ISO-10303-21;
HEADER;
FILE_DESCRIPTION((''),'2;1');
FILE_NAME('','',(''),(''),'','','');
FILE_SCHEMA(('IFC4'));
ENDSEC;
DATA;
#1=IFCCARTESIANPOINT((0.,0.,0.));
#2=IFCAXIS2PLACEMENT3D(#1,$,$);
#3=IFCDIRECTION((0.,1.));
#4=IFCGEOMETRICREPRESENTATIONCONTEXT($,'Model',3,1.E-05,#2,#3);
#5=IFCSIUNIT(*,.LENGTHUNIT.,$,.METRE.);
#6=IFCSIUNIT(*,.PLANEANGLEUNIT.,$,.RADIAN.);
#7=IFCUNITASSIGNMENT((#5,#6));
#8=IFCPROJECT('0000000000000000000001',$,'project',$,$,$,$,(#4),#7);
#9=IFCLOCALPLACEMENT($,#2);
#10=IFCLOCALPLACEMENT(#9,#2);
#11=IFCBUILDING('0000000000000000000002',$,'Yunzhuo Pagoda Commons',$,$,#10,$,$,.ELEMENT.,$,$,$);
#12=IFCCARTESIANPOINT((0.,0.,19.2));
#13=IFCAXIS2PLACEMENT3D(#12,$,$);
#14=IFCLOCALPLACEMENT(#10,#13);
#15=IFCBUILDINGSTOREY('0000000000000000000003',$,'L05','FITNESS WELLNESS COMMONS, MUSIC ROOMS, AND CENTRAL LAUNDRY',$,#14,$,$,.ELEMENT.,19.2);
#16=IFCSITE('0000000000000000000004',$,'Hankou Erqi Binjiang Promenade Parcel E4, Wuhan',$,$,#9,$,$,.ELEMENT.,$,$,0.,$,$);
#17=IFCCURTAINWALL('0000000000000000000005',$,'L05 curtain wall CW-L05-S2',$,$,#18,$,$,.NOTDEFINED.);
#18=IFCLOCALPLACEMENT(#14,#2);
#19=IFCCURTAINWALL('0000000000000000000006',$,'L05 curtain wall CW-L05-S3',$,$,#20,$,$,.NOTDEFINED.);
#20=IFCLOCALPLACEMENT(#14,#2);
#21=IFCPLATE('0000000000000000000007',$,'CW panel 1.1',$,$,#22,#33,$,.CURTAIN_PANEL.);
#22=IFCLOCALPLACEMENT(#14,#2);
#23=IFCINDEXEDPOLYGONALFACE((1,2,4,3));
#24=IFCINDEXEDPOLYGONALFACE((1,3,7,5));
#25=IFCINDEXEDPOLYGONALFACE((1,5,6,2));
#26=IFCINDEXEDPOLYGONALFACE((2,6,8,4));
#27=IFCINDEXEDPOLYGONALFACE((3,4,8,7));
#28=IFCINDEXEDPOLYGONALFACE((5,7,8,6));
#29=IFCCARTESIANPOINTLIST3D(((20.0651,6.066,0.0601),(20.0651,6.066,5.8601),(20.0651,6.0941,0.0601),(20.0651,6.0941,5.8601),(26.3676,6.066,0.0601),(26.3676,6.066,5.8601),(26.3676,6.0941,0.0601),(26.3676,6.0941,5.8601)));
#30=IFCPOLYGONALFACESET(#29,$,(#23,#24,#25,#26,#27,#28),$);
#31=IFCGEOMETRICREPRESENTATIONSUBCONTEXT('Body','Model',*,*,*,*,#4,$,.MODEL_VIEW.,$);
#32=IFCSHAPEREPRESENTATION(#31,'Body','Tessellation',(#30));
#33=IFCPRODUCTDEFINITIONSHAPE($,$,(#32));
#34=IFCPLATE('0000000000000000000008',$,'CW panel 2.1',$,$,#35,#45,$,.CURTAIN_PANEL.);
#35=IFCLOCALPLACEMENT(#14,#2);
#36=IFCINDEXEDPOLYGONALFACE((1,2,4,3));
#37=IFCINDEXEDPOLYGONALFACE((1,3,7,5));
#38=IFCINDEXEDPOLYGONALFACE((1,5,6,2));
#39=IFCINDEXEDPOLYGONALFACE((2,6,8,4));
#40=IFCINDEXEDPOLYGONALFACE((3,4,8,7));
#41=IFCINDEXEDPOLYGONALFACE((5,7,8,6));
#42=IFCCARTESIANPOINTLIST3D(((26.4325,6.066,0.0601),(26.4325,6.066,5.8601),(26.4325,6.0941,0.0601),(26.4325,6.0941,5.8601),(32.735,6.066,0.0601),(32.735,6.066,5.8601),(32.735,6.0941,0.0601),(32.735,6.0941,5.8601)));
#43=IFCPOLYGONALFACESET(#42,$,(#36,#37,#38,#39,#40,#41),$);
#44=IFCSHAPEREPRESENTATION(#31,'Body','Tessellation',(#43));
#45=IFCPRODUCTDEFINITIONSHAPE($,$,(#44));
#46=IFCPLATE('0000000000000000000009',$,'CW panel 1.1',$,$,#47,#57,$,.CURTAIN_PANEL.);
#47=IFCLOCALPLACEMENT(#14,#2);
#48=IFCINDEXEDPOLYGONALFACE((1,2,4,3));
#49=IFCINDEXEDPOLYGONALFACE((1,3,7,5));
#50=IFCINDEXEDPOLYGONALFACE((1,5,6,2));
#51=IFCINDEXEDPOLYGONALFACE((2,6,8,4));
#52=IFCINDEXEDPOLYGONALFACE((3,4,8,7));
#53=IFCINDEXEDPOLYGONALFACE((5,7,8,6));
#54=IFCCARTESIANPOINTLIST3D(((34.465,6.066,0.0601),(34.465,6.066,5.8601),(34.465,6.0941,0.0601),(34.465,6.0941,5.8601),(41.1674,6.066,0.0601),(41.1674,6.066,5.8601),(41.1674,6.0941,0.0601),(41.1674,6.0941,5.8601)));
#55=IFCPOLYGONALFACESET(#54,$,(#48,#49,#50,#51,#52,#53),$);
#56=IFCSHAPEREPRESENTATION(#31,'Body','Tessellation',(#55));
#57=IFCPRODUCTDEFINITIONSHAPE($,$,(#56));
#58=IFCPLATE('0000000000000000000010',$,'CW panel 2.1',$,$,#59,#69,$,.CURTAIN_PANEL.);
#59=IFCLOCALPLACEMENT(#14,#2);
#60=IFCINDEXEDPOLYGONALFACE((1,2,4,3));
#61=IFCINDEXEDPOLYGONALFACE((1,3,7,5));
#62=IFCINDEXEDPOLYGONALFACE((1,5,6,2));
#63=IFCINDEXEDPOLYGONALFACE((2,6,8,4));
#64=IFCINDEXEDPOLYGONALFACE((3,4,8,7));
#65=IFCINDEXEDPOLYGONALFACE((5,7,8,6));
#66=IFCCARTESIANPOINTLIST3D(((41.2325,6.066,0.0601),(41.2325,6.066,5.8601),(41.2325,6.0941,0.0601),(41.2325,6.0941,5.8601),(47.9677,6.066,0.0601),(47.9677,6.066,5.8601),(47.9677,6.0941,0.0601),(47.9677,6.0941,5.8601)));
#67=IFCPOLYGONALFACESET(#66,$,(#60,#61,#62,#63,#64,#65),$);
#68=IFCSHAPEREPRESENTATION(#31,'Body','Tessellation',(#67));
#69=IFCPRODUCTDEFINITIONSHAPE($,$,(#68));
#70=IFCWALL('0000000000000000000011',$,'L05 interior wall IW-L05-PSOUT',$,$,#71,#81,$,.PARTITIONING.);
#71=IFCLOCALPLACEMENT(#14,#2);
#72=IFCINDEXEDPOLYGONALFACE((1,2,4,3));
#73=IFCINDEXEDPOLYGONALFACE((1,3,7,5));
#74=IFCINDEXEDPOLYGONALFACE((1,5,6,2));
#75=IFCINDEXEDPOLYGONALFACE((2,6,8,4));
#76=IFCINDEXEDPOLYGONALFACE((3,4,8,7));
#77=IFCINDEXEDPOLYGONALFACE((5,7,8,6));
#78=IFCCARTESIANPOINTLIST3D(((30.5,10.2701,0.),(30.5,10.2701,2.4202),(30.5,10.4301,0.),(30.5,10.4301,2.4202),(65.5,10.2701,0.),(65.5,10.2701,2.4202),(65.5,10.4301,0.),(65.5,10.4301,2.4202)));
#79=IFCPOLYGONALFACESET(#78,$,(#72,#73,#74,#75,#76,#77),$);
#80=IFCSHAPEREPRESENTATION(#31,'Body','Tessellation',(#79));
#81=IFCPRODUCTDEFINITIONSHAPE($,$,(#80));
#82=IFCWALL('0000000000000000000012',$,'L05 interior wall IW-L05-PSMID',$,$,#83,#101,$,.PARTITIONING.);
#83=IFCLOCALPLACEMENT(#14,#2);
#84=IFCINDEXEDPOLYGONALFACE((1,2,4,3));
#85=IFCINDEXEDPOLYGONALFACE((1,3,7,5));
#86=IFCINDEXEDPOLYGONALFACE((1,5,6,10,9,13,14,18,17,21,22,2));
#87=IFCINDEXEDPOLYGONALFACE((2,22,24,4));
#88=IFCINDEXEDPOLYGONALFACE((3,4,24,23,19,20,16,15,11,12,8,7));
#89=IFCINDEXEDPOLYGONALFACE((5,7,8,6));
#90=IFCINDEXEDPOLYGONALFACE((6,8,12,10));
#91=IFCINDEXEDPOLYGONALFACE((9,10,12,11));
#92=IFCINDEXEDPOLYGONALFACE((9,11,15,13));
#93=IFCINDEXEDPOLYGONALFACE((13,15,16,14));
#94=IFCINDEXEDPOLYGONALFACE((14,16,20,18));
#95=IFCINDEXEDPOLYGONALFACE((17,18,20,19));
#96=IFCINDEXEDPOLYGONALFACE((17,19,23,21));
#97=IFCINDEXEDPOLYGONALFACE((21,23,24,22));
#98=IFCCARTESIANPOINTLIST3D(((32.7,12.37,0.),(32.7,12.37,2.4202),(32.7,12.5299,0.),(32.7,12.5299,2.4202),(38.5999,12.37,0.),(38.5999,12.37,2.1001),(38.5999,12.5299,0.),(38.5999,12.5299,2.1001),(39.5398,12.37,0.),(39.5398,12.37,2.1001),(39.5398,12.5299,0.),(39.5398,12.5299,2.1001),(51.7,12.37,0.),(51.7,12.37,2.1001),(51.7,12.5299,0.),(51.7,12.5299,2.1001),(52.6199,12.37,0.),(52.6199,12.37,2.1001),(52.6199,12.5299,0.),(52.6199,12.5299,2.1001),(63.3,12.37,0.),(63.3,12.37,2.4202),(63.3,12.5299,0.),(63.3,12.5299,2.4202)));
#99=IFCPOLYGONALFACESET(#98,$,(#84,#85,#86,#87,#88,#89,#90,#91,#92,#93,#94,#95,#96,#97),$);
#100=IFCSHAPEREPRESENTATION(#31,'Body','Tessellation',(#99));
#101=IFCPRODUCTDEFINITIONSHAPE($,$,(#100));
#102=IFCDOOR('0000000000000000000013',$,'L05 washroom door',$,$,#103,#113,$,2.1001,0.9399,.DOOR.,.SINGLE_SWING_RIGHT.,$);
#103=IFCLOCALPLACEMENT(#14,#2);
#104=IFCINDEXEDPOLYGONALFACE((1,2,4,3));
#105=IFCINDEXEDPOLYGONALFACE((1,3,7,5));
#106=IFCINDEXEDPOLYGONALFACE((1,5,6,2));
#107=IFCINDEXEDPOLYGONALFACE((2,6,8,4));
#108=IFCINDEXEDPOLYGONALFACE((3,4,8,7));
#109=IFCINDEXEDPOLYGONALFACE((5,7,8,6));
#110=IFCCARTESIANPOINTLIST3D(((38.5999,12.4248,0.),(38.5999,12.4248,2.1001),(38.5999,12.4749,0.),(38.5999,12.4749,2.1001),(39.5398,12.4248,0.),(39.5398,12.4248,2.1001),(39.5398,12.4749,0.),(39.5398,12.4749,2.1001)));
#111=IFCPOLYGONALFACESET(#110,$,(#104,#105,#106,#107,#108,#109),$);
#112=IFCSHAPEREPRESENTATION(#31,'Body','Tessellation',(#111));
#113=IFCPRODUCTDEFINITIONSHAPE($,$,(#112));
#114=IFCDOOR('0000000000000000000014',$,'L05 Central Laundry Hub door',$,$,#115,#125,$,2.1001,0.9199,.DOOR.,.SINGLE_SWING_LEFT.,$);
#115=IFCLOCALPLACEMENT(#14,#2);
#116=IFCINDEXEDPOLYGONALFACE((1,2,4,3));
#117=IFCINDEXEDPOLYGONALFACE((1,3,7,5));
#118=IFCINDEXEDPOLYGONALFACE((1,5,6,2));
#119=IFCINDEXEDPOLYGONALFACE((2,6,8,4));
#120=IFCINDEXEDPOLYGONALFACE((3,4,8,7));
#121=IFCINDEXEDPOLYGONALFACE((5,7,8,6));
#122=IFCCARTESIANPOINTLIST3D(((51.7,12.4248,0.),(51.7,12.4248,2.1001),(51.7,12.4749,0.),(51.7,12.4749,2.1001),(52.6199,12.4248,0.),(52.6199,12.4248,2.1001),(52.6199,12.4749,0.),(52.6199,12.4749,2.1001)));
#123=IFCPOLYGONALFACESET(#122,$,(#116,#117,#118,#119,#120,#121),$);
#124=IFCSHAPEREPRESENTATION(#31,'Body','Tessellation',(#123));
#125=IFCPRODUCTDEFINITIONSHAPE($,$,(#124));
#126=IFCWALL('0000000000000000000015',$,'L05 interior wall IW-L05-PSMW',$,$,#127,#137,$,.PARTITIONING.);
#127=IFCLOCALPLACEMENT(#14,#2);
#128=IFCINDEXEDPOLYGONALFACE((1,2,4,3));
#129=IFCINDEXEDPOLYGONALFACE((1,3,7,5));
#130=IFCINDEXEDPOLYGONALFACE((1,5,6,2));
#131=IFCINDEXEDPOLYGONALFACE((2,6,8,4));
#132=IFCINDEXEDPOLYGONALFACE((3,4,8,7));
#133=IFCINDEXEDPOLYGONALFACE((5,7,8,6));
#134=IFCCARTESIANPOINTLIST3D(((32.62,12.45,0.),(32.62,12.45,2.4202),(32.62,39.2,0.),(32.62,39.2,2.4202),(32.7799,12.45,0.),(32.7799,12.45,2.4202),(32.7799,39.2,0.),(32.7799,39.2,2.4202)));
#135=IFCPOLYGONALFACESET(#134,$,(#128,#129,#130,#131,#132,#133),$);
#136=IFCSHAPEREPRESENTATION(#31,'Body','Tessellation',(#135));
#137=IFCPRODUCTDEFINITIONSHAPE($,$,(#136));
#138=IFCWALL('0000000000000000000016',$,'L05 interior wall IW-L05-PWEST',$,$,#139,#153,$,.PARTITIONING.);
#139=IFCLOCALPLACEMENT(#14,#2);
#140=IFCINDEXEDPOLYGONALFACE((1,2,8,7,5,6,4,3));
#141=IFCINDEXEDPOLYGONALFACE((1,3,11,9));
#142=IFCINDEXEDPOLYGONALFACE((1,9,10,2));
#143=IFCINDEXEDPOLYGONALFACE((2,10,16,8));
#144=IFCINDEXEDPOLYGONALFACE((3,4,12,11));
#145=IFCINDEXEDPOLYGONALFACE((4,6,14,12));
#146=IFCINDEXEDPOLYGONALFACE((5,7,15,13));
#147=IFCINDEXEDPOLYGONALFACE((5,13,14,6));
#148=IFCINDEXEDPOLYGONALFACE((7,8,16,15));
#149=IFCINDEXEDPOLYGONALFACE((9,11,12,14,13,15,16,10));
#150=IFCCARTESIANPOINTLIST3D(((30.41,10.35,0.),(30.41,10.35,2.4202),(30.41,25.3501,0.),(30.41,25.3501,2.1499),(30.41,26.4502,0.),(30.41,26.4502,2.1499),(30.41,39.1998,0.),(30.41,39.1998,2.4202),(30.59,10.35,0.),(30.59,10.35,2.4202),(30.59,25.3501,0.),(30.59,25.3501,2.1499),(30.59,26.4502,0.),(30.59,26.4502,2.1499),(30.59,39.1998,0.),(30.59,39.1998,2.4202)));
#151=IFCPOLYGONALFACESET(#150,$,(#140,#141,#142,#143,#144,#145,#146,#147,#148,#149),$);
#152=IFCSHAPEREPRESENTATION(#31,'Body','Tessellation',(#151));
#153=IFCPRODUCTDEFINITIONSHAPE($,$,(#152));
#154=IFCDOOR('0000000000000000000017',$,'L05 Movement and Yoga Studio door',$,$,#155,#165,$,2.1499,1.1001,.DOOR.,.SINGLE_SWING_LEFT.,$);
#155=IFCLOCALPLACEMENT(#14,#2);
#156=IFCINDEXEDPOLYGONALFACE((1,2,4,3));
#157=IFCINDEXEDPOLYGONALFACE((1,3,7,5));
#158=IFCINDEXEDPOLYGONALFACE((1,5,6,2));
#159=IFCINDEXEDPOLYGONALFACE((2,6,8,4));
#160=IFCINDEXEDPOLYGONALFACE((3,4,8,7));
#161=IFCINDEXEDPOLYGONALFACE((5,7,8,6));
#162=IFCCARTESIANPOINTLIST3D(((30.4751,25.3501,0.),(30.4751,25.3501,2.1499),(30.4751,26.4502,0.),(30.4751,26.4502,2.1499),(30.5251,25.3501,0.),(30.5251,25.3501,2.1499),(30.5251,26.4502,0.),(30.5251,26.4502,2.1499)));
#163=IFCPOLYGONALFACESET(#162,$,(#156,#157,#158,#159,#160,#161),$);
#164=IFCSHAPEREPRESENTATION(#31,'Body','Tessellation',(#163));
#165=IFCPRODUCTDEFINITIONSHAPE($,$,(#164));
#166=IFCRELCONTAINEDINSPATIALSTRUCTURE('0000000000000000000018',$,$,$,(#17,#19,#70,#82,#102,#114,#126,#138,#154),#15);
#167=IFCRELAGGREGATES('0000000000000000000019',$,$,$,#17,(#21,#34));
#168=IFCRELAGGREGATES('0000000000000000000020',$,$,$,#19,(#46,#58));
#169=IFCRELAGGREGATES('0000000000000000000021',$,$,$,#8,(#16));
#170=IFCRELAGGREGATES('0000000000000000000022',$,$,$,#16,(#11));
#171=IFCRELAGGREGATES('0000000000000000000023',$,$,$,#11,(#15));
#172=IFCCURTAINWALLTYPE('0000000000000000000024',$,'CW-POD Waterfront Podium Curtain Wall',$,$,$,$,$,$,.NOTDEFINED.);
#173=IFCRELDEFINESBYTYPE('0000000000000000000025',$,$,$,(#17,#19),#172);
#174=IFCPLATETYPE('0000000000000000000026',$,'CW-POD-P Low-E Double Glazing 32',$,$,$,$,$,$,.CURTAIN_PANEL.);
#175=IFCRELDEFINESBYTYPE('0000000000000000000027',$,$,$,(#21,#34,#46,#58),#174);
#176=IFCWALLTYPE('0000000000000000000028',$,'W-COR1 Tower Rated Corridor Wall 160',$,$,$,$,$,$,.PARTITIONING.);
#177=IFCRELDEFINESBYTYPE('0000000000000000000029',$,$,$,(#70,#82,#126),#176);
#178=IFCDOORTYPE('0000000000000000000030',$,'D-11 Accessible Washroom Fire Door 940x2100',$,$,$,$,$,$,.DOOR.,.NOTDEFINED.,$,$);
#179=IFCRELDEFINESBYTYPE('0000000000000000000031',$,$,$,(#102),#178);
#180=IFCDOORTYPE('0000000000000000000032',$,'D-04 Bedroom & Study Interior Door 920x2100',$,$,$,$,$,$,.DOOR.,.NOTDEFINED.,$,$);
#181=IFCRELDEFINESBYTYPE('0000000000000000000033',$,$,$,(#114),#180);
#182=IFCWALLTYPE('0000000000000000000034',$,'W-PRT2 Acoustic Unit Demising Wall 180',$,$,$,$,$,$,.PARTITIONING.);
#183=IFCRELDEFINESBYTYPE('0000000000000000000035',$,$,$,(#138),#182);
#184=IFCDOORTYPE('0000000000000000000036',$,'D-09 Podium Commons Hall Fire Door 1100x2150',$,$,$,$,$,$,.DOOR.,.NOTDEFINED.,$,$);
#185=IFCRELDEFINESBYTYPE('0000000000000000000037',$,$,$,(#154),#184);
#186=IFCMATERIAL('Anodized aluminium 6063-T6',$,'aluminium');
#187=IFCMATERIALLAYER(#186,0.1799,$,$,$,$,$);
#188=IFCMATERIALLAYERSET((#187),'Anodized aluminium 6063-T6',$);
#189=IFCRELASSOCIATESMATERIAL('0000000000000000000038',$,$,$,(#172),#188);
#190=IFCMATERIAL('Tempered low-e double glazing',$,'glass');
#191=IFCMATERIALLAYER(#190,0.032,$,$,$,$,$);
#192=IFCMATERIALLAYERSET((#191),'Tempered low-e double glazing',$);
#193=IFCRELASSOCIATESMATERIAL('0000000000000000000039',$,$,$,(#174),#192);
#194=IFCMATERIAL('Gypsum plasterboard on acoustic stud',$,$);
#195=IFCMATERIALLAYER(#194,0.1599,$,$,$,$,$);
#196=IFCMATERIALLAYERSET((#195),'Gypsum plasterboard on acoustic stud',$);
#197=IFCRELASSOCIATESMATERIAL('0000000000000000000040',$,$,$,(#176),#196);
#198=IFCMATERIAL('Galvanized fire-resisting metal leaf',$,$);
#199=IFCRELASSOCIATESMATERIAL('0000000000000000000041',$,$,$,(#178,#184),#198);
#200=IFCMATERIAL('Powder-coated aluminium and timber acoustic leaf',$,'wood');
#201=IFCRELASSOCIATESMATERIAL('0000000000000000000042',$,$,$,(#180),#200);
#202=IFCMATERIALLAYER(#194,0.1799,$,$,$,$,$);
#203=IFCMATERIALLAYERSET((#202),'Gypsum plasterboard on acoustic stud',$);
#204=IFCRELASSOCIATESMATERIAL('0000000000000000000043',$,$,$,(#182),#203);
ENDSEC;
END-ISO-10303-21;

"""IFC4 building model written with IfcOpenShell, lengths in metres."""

from ifc_helpers import new_model, si_unit, direction, frame, frame_2d, origin, origin_with_axes, origin_2d, place, context, subcontext, project, spatial, rectangle, extrude, source, transform, mapped, material, layer, layer_set, type_object, element, fill, aggregate, save


model = new_model("IFC4")

# Units and contexts
model_context = context("Model", 3, precision=1e-05, world=origin(), true_north=direction((0.0, 1.0)))
body_context = subcontext(model_context, "Body", "Model", "MODEL_VIEW")
ifc_project = project(units=[si_unit("LENGTHUNIT", "METRE"), si_unit("PLANEANGLEUNIT", "RADIAN")], contexts=[model_context])

# Site, building, storey
site_placement = place(None, origin())
site = spatial("IfcSite", under=ifc_project, at=site_placement, Name="Hankou Erqi Binjiang Promenade Parcel E4, Wuhan", CompositionType="ELEMENT", RefElevation=0.0)
building_placement = place(site_placement, origin())
building = spatial("IfcBuilding", under=site, at=building_placement, Name="Yunzhuo Pagoda Commons", CompositionType="ELEMENT")
storey_placement = place(building_placement, frame((0.0, 0.0, 19.2)))
storey = spatial("IfcBuildingStorey", under=building, at=storey_placement, Name="L05", Description="FITNESS WELLNESS COMMONS, MUSIC ROOMS, AND CENTRAL LAUNDRY", CompositionType="ELEMENT", Elevation=19.2)

# Curtain walls
ifc_material_1 = material(Name="Anodized aluminium 6063-T6", Category="aluminium")
ifc_layer_1 = layer(ifc_material_1, 0.1799)
ifc_layer_set_1 = layer_set([ifc_layer_1], Name="Anodized aluminium 6063-T6")
curtain_wall_type = type_object("IfcCurtainWallType", Name="CW-POD Waterfront Podium Curtain Wall", PredefinedType="NOTDEFINED", material=ifc_layer_set_1)
curtain_wall_1_placement = place(storey_placement, origin())
curtain_wall_1 = element("IfcCurtainWall", 1, at=curtain_wall_1_placement, inside=storey, type_object=curtain_wall_type, Name="L05 curtain wall CW-L05-S2", PredefinedType="NOTDEFINED")
curtain_wall_2_placement = place(storey_placement, origin())
curtain_wall_2 = element("IfcCurtainWall", 2, at=curtain_wall_2_placement, inside=storey, type_object=curtain_wall_type, Name="L05 curtain wall CW-L05-S3", PredefinedType="NOTDEFINED")

# Plates
ifc_material_2 = material(Name="Tempered low-e double glazing", Category="glass")
ifc_layer_2 = layer(ifc_material_2, 0.032)
ifc_layer_set_2 = layer_set([ifc_layer_2], Name="Tempered low-e double glazing")
plate_type_1 = type_object("IfcPlateType", Name="CW-POD-P Low-E Double Glazing 32", PredefinedType="CURTAIN_PANEL", material=ifc_layer_set_2)
shared_shape_1 = source(origin(), body_context, "Body", "SweptSolid", [
    extrude(rectangle(XDim=6.3025, YDim=0.0281, at=origin_2d()), origin(), (0.0, 0.0, 1.0), 5.8),
])
plate_1_placement = place(storey_placement, frame((23.2163, 6.0801, 0.0601), z_axis=(0.0, 0.0, 1.0), x_axis=(1.0, 0.0, 0.0)))
plate_1 = element("IfcPlate", 3, at=plate_1_placement, type_object=plate_type_1, Name="CW panel 1.1", PredefinedType="CURTAIN_PANEL", context=body_context, shape_type="MappedRepresentation", body=[
    mapped(shared_shape_1, transform((0.0, 0.0, 0.0), scale=1.0)),
])
plate_2_placement = place(storey_placement, frame((29.5837, 6.0801, 0.0601), z_axis=(0.0, 0.0, 1.0), x_axis=(1.0, 0.0, 0.0)))
plate_2 = element("IfcPlate", 4, at=plate_2_placement, type_object=plate_type_1, Name="CW panel 2.1", PredefinedType="CURTAIN_PANEL", context=body_context, shape_type="MappedRepresentation", body=[
    mapped(shared_shape_1, transform((0.0, 0.0, 0.0), scale=1.0)),
])
aggregate(curtain_wall_1, [plate_1, plate_2])
shared_shape_2 = source(origin(), body_context, "Body", "SweptSolid", [
    extrude(rectangle(XDim=6.7024, YDim=0.0281, at=origin_2d()), origin(), (0.0, 0.0, 1.0), 5.8),
])
plate_3_placement = place(storey_placement, frame((37.8162, 6.0801, 0.0601), z_axis=(0.0, 0.0, 1.0), x_axis=(1.0, 0.0, 0.0)))
plate_3 = element("IfcPlate", 5, at=plate_3_placement, type_object=plate_type_1, Name="CW panel 1.1", PredefinedType="CURTAIN_PANEL", context=body_context, shape_type="MappedRepresentation", body=[
    mapped(shared_shape_2, transform((0.0, 0.0, 0.0), scale=1.0)),
])
shared_shape_3 = source(origin(), body_context, "Body", "SweptSolid", [
    extrude(rectangle(XDim=6.7351, YDim=0.0281, at=origin_2d()), origin(), (0.0, 0.0, 1.0), 5.8),
])
plate_4_placement = place(storey_placement, frame((44.6001, 6.0801, 0.0601), z_axis=(0.0, 0.0, 1.0), x_axis=(1.0, 0.0, 0.0)))
plate_4 = element("IfcPlate", 6, at=plate_4_placement, type_object=plate_type_1, Name="CW panel 2.1", PredefinedType="CURTAIN_PANEL", context=body_context, shape_type="MappedRepresentation", body=[
    mapped(shared_shape_3, transform((0.0, 0.0, 0.0), scale=1.0)),
])
aggregate(curtain_wall_2, [plate_3, plate_4])

# Wall
ifc_material_3 = material(Name="Gypsum plasterboard on acoustic stud")
ifc_layer_3 = layer(ifc_material_3, 0.1599)
ifc_layer_set_3 = layer_set([ifc_layer_3], Name="Gypsum plasterboard on acoustic stud")
wall_type_1 = type_object("IfcWallType", Name="W-COR1 Tower Rated Corridor Wall 160", PredefinedType="PARTITIONING", material=ifc_layer_set_3)
wall_1_placement = place(storey_placement, frame((30.5, 10.3501, 0.0), z_axis=(0.0, 0.0, 1.0), x_axis=(1.0, 0.0, 0.0)))
element("IfcWall", 7, at=wall_1_placement, inside=storey, type_object=wall_type_1, Name="L05 interior wall IW-L05-PSOUT", PredefinedType="PARTITIONING", context=body_context, shape_type="SweptSolid", body=[
    extrude(rectangle(XDim=35.0, YDim=0.1599, at=frame_2d((17.5, 0.0))), origin(), (0.0, 0.0, 1.0), 2.4202),
])

# Wall, openings, doors
wall_2_placement = place(storey_placement, frame((32.7, 12.45, 0.0), z_axis=(0.0, 0.0, 1.0), x_axis=(1.0, 0.0, 0.0)))
wall_2 = element("IfcWall", 8, at=wall_2_placement, inside=storey, type_object=wall_type_1, Name="L05 interior wall IW-L05-PSMID", PredefinedType="PARTITIONING", context=body_context, shape_type="SweptSolid", body=[
    extrude(rectangle(XDim=30.6001, YDim=0.1599, at=frame_2d((15.3, 0.0))), origin(), (0.0, 0.0, 1.0), 2.4202),
])
opening_1_placement = place(wall_2_placement, frame((19.0, 0.0, 0.0)))
opening_1 = element("IfcOpeningElement", 9, at=opening_1_placement, cuts=wall_2, PredefinedType="OPENING", context=body_context, shape_type="SweptSolid", body=[
    extrude(rectangle(XDim=0.9199, YDim=2.1001, at=frame_2d((0.46, 1.05))), frame((0.0, 0.0898, 0.0), z_axis=(0.0, -1.0, 0.0), x_axis=(1.0, 0.0, 0.0)), (0.0, 0.0, 1.0), 0.1799),
])
opening_2_placement = place(wall_2_placement, frame((5.8999, 0.0, 0.0)))
opening_2 = element("IfcOpeningElement", 10, at=opening_2_placement, cuts=wall_2, PredefinedType="OPENING", context=body_context, shape_type="SweptSolid", body=[
    extrude(rectangle(XDim=0.9399, YDim=2.1001, at=frame_2d((0.47, 1.05))), frame((0.0, 0.0898, 0.0), z_axis=(0.0, -1.0, 0.0), x_axis=(1.0, 0.0, 0.0)), (0.0, 0.0, 1.0), 0.1799),
])
ifc_material_4 = material(Name="Galvanized fire-resisting metal leaf")
door_type_1 = type_object("IfcDoorType", Name="D-11 Accessible Washroom Fire Door 940x2100", OperationType="NOTDEFINED", PredefinedType="DOOR", material=ifc_material_4)
shared_shape_4 = source(origin(), body_context, "Body", "SweptSolid", [
    extrude(rectangle(XDim=0.9399, YDim=2.1001, at=frame_2d((0.47, 1.05))), frame((0.0, 0.0249, 0.0), z_axis=(0.0, -1.0, 0.0), x_axis=(1.0, 0.0, 0.0)), (0.0, 0.0, 1.0), 0.05),
])
door_1_placement = place(opening_2_placement, origin_with_axes())
door_1 = element("IfcDoor", 11, at=door_1_placement, inside=storey, type_object=door_type_1, Name="L05 washroom door", OperationType="SINGLE_SWING_RIGHT", OverallHeight=2.1001, OverallWidth=0.9399, PredefinedType="DOOR", context=body_context, shape_type="MappedRepresentation", body=[
    mapped(shared_shape_4, transform((0.0, 0.0, 0.0), scale=1.0)),
])
fill(opening_2, door_1)
ifc_material_5 = material(Name="Powder-coated aluminium and timber acoustic leaf", Category="wood")
door_type_2 = type_object("IfcDoorType", Name="D-04 Bedroom & Study Interior Door 920x2100", OperationType="NOTDEFINED", PredefinedType="DOOR", material=ifc_material_5)
shared_shape_5 = source(origin(), body_context, "Body", "SweptSolid", [
    extrude(rectangle(XDim=0.9199, YDim=2.1001, at=frame_2d((0.46, 1.05))), frame((0.0, 0.0249, 0.0), z_axis=(0.0, -1.0, 0.0), x_axis=(1.0, 0.0, 0.0)), (0.0, 0.0, 1.0), 0.05),
])
door_2_placement = place(opening_1_placement, origin_with_axes())
door_2 = element("IfcDoor", 12, at=door_2_placement, inside=storey, type_object=door_type_2, Name="L05 Central Laundry Hub door", OperationType="SINGLE_SWING_LEFT", OverallHeight=2.1001, OverallWidth=0.9199, PredefinedType="DOOR", context=body_context, shape_type="MappedRepresentation", body=[
    mapped(shared_shape_5, transform((0.0, 0.0, 0.0), scale=1.0)),
])
fill(opening_1, door_2)

# Wall
wall_3_placement = place(storey_placement, frame((32.7, 12.45, 0.0), z_axis=(0.0, 0.0, 1.0), x_axis=(0.0, 1.0, 0.0)))
element("IfcWall", 13, at=wall_3_placement, inside=storey, type_object=wall_type_1, Name="L05 interior wall IW-L05-PSMW", PredefinedType="PARTITIONING", context=body_context, shape_type="SweptSolid", body=[
    extrude(rectangle(XDim=26.75, YDim=0.1599, at=frame_2d((13.375, 0.0))), origin(), (0.0, 0.0, 1.0), 2.4202),
])

# Wall, opening, door
ifc_layer_4 = layer(ifc_material_3, 0.1799)
ifc_layer_set_4 = layer_set([ifc_layer_4], Name="Gypsum plasterboard on acoustic stud")
wall_type_2 = type_object("IfcWallType", Name="W-PRT2 Acoustic Unit Demising Wall 180", PredefinedType="PARTITIONING", material=ifc_layer_set_4)
wall_4_placement = place(storey_placement, frame((30.5, 10.3501, 0.0), z_axis=(0.0, 0.0, 1.0), x_axis=(0.0, 1.0, 0.0)))
wall_4 = element("IfcWall", 14, at=wall_4_placement, inside=storey, type_object=wall_type_2, Name="L05 interior wall IW-L05-PWEST", PredefinedType="PARTITIONING", context=body_context, shape_type="SweptSolid", body=[
    extrude(rectangle(XDim=28.8499, YDim=0.1799, at=frame_2d((14.4248, 0.0))), origin(), (0.0, 0.0, 1.0), 2.4202),
])
opening_3_placement = place(wall_4_placement, frame((15.0, 0.0, 0.0)))
opening_3 = element("IfcOpeningElement", 15, at=opening_3_placement, cuts=wall_4, PredefinedType="OPENING", context=body_context, shape_type="SweptSolid", body=[
    extrude(rectangle(XDim=1.1001, YDim=2.1499, at=frame_2d((0.55, 1.075))), frame((0.0, 0.1001, 0.0), z_axis=(0.0, -1.0, 0.0), x_axis=(1.0, 0.0, 0.0)), (0.0, 0.0, 1.0), 0.2),
])
door_type_3 = type_object("IfcDoorType", Name="D-09 Podium Commons Hall Fire Door 1100x2150", OperationType="NOTDEFINED", PredefinedType="DOOR", material=ifc_material_4)
shared_shape_6 = source(origin(), body_context, "Body", "SweptSolid", [
    extrude(rectangle(XDim=1.1001, YDim=2.1499, at=frame_2d((0.55, 1.075))), frame((0.0, 0.0249, 0.0), z_axis=(0.0, -1.0, 0.0), x_axis=(1.0, 0.0, 0.0)), (0.0, 0.0, 1.0), 0.05),
])
door_3_placement = place(opening_3_placement, origin_with_axes())
door_3 = element("IfcDoor", 16, at=door_3_placement, inside=storey, type_object=door_type_3, Name="L05 Movement and Yoga Studio door", OperationType="SINGLE_SWING_LEFT", OverallHeight=2.1499, OverallWidth=1.1001, PredefinedType="DOOR", context=body_context, shape_type="MappedRepresentation", body=[
    mapped(shared_shape_6, transform((0.0, 0.0, 0.0), scale=1.0)),
])
fill(opening_3, door_3)

save(model, "model.ifc")
